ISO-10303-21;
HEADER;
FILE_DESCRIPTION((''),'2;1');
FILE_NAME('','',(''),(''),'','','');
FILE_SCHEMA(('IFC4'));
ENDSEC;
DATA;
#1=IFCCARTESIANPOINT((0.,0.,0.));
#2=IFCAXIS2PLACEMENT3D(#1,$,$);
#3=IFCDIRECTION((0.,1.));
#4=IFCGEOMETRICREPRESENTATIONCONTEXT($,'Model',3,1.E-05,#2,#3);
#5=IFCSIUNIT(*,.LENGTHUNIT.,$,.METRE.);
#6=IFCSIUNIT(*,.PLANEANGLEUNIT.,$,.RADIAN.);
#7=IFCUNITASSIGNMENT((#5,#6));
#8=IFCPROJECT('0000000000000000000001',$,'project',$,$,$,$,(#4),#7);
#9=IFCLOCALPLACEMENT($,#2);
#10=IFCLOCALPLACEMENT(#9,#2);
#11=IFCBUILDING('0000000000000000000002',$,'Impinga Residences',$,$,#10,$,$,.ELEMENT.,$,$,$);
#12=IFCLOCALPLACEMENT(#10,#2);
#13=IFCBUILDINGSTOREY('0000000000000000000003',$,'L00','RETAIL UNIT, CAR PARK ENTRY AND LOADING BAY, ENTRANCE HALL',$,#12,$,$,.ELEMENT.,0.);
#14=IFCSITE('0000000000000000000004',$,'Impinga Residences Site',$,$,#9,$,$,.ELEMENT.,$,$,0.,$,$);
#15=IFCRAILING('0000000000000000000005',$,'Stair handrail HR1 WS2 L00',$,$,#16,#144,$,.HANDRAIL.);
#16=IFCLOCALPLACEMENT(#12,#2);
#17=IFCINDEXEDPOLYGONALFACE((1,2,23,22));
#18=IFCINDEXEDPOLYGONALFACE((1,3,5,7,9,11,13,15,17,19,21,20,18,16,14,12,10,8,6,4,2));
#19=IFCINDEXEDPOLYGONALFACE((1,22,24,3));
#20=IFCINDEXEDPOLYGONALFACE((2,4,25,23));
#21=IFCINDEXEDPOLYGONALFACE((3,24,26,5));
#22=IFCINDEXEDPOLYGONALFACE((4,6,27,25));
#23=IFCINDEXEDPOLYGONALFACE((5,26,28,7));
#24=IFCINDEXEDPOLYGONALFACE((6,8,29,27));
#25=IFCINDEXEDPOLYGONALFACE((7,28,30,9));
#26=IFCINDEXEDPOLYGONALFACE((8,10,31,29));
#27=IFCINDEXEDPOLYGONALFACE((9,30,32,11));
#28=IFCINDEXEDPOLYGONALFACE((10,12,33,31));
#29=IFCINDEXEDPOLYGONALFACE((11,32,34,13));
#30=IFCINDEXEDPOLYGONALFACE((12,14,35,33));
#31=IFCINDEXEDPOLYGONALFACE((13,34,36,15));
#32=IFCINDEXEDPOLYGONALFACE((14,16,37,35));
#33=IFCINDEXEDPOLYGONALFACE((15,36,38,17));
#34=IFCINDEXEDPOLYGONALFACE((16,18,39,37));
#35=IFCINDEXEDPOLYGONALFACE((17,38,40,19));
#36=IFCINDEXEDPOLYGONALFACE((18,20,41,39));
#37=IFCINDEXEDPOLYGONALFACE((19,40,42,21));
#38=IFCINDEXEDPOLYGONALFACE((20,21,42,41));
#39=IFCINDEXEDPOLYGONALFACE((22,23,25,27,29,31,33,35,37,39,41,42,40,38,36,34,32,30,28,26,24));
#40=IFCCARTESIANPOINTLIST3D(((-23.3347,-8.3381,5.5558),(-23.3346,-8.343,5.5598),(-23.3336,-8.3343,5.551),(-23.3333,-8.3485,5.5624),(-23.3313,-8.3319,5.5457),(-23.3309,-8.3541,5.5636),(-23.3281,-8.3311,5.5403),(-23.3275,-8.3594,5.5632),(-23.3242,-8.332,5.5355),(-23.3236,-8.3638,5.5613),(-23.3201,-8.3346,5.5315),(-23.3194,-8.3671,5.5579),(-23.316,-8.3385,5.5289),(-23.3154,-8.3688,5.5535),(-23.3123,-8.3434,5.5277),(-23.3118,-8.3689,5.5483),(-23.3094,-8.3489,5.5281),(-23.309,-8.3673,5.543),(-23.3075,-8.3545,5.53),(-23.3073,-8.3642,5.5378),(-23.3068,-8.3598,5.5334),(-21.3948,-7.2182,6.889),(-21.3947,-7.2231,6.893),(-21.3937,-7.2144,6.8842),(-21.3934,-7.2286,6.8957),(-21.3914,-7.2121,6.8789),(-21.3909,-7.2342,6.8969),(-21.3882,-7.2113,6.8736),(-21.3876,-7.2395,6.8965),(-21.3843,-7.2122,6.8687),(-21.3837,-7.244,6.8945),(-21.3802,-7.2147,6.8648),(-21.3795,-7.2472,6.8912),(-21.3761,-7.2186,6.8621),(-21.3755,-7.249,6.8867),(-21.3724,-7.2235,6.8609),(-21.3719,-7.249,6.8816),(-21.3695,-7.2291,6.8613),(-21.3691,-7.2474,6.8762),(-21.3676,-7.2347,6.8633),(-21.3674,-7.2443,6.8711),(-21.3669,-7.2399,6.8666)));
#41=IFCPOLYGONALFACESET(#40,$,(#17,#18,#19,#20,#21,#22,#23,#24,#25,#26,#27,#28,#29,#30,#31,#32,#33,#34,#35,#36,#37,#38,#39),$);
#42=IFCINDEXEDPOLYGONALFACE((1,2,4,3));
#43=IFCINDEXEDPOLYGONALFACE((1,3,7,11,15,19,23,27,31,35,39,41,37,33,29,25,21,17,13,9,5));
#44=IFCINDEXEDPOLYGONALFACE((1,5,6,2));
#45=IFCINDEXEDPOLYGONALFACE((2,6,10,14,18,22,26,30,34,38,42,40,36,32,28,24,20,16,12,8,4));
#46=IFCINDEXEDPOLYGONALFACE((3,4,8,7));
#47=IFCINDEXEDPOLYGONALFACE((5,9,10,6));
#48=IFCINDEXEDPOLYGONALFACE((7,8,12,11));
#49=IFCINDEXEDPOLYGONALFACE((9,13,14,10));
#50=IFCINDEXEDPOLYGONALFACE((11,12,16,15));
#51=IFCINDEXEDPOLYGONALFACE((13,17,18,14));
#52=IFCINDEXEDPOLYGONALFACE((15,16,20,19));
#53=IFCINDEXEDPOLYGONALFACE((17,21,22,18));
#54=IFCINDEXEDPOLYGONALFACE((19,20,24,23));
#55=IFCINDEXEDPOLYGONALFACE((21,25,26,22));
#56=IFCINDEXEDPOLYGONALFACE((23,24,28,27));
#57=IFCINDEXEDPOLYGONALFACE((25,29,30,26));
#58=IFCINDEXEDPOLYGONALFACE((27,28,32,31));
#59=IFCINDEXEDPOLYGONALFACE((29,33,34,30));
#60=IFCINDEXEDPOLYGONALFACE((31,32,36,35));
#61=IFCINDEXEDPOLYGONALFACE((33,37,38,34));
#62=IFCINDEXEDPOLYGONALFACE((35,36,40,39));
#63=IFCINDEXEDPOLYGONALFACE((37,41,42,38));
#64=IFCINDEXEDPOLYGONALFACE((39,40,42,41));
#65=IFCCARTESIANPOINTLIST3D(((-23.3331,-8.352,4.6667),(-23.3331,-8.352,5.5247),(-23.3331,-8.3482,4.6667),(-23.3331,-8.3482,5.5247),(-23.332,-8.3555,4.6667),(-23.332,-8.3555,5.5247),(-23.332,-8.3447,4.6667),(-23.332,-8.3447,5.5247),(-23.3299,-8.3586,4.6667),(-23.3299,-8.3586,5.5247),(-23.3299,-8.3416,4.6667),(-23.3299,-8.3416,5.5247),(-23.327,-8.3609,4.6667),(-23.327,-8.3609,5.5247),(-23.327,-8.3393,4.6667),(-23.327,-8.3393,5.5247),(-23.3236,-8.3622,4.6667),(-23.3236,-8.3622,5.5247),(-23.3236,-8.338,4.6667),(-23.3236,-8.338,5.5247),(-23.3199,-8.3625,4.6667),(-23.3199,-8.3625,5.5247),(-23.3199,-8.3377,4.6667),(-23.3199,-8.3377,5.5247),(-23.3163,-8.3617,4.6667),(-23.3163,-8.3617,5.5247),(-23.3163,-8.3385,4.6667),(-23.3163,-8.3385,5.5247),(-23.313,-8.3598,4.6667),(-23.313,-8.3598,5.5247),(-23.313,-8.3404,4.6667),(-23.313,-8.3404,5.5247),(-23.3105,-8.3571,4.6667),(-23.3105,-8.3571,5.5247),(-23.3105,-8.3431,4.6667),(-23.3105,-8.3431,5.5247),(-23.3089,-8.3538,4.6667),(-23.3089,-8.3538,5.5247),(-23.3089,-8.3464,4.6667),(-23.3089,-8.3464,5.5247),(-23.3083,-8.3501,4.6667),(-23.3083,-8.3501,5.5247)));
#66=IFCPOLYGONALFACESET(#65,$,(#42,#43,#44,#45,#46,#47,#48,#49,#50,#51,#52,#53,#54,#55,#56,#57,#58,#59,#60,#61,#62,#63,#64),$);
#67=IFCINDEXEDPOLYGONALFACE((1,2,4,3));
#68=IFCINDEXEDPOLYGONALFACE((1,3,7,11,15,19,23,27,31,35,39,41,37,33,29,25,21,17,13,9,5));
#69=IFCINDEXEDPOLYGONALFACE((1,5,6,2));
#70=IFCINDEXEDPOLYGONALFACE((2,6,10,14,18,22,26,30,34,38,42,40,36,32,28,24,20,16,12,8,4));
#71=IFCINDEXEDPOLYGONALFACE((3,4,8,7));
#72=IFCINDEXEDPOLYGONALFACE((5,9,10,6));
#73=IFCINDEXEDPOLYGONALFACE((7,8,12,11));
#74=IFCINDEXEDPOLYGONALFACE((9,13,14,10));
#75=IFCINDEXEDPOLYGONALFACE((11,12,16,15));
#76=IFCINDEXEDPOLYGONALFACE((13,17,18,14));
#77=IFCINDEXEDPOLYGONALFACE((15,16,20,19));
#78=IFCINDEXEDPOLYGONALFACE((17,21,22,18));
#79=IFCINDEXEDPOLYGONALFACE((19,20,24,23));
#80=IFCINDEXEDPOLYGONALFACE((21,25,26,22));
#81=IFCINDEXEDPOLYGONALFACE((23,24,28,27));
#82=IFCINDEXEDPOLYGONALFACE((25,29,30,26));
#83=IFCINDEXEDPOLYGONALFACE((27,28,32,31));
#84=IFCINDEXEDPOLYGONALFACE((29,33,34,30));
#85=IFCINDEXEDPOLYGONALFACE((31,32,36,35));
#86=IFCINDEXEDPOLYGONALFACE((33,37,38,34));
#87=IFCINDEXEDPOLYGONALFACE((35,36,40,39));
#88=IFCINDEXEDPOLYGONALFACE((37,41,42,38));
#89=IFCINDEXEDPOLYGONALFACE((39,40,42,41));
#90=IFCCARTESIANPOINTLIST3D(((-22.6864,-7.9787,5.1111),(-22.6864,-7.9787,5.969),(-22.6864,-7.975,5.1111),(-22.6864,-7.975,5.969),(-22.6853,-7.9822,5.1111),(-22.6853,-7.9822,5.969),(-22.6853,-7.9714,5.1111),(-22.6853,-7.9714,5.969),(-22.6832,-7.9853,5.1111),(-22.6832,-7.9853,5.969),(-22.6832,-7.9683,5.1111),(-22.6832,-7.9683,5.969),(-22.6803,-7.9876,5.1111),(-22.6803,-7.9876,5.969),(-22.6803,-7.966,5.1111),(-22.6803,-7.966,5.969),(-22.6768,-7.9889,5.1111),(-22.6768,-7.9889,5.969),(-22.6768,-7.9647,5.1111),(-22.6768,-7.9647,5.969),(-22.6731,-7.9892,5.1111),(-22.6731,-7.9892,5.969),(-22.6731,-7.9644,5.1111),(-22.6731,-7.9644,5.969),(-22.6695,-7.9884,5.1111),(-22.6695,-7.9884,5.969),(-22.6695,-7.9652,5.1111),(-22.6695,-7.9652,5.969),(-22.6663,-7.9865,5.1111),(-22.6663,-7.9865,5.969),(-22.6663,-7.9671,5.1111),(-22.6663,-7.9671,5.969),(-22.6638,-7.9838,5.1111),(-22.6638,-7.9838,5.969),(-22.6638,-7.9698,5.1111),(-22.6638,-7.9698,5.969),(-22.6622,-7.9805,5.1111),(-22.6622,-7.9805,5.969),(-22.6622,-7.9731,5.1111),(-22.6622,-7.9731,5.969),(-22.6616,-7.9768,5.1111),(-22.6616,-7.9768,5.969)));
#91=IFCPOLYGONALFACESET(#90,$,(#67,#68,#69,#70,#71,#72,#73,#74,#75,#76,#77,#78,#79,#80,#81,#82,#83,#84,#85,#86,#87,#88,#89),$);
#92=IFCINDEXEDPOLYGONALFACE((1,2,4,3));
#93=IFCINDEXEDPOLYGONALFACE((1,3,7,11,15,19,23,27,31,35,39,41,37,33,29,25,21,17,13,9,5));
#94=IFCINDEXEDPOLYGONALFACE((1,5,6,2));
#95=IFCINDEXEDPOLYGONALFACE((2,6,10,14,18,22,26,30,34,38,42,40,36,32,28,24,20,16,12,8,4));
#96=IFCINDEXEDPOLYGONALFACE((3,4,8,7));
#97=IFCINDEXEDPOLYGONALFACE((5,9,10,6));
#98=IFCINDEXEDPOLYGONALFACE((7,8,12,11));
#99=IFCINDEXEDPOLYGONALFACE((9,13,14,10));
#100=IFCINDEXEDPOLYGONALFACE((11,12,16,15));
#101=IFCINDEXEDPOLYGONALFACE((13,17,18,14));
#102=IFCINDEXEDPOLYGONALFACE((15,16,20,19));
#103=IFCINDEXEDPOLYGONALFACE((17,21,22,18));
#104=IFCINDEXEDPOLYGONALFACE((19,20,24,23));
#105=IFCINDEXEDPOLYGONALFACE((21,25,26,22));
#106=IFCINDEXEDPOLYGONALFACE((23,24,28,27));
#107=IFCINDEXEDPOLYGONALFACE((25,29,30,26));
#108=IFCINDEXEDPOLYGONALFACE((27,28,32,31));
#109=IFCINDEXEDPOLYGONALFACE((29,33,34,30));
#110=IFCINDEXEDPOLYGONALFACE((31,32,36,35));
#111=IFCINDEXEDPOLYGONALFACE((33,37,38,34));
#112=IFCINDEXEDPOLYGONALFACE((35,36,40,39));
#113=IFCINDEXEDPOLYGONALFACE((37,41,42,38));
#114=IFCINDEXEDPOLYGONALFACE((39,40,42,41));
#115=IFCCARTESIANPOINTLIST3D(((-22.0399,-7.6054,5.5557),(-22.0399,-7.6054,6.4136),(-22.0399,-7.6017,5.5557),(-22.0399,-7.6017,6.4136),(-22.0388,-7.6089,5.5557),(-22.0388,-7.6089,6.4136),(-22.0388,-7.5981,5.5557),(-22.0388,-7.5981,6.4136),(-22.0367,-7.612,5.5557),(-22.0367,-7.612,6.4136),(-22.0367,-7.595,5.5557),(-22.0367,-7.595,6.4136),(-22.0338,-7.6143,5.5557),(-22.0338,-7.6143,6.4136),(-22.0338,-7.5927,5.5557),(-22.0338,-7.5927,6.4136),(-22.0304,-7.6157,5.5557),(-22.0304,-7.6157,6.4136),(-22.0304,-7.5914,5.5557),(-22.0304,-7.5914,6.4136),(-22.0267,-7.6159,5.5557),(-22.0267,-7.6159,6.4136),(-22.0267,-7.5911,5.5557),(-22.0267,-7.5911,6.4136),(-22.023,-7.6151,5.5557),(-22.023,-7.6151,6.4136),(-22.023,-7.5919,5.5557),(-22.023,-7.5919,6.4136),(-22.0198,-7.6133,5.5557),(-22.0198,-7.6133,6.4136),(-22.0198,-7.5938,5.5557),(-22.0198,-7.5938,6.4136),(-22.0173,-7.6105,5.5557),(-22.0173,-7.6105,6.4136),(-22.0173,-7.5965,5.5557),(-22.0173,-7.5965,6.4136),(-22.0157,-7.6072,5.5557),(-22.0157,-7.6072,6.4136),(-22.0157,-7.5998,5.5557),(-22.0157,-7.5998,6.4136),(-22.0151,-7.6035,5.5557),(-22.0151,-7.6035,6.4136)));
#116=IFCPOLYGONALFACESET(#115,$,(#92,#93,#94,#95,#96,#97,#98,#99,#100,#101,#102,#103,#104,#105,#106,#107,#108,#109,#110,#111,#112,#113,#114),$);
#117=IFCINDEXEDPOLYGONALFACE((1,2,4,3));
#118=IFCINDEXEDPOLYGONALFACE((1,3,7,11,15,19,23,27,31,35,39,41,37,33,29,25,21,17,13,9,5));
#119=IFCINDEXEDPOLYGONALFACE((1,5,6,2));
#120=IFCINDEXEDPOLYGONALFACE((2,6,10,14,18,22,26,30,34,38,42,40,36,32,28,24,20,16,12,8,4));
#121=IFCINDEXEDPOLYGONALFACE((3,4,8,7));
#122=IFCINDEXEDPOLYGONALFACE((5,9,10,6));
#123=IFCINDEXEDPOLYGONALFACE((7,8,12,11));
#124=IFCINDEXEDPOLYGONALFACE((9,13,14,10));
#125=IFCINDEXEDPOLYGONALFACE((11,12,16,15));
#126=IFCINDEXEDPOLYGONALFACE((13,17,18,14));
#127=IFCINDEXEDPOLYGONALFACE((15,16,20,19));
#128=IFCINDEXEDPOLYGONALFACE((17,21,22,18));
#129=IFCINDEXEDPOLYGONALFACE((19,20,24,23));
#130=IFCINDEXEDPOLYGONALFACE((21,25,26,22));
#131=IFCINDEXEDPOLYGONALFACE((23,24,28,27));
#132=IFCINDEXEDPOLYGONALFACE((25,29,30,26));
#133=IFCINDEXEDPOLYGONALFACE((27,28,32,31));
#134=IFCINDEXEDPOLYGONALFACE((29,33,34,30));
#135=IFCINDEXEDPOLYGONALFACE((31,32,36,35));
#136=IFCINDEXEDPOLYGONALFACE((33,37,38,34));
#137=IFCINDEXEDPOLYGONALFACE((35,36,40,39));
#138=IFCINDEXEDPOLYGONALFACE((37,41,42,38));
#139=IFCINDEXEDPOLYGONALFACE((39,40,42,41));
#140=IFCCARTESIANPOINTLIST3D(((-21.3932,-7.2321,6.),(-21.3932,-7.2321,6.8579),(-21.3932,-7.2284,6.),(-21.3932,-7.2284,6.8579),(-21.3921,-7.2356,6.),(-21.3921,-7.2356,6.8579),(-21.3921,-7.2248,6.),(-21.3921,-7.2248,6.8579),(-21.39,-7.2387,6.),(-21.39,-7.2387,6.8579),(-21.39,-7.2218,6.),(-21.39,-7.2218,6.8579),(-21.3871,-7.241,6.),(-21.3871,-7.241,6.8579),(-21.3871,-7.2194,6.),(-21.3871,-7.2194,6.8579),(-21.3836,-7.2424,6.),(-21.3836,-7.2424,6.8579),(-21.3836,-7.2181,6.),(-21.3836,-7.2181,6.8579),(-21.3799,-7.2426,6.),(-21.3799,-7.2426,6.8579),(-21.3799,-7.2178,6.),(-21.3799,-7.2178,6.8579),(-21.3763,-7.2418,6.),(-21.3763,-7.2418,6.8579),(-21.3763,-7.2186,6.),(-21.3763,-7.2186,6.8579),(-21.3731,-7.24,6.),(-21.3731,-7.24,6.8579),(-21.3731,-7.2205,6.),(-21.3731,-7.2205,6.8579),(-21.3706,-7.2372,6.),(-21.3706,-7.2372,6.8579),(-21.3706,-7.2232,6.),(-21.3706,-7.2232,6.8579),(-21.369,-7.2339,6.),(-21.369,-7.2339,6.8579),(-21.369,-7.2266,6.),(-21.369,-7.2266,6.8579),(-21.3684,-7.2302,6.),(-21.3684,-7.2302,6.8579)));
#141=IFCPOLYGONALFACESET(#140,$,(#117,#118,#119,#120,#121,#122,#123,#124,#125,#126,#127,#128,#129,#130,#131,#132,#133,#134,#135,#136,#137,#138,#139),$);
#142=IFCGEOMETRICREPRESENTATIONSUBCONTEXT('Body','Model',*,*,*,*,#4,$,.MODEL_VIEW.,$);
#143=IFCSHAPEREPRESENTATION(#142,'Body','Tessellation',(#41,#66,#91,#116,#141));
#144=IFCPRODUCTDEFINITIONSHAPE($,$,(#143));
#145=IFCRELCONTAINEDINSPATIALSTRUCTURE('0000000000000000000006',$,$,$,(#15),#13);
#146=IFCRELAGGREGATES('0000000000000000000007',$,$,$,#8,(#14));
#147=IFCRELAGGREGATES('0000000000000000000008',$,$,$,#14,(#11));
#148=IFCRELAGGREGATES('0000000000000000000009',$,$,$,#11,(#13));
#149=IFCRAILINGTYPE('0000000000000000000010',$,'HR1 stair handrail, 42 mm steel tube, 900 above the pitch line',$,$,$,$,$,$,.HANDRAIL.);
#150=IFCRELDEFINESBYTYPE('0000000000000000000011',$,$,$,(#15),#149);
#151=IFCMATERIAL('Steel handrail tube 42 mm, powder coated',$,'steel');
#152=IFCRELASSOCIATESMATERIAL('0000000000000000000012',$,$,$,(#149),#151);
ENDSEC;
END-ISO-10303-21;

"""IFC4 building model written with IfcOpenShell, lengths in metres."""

from ifc_helpers import new_model, si_unit, direction, frame, origin, origin_2d, place, context, subcontext, project, spatial, circle, extrude, material, type_object, element, save


model = new_model("IFC4")

# Units and contexts
model_context = context("Model", 3, precision=1e-05, world=origin(), true_north=direction((0.0, 1.0)))
body_context = subcontext(model_context, "Body", "Model", "MODEL_VIEW")
ifc_project = project(units=[si_unit("LENGTHUNIT", "METRE"), si_unit("PLANEANGLEUNIT", "RADIAN")], contexts=[model_context])

# Site, building, storey
site_placement = place(None, origin())
site = spatial("IfcSite", under=ifc_project, at=site_placement, Name="Impinga Residences Site", CompositionType="ELEMENT", RefElevation=0.0)
building_placement = place(site_placement, origin())
building = spatial("IfcBuilding", under=site, at=building_placement, Name="Impinga Residences", CompositionType="ELEMENT")
storey_placement = place(building_placement, origin())
storey = spatial("IfcBuildingStorey", under=building, at=storey_placement, Name="L00", Description="RETAIL UNIT, CAR PARK ENTRY AND LOADING BAY, ENTRANCE HALL", CompositionType="ELEMENT", Elevation=0.0)

# Railing
ifc_material_1 = material(Name="Steel handrail tube 42 mm, powder coated", Category="steel")
railing_type_1 = type_object("IfcRailingType", Name="HR1 stair handrail, 42 mm steel tube, 900 above the pitch line", PredefinedType="HANDRAIL", material=ifc_material_1)
for number, where, name in (
    (1, (-23.3208, -8.3501, 4.6667), "Stair handrail HR1 WS2 L00"),
):
    element("IfcRailing", number, at=place(storey_placement, frame(where)), inside=storey, type_object=railing_type_1, Name=name, PredefinedType="HANDRAIL", context=body_context, shape_type="SweptSolid", body=[
        extrude(circle(Radius=0.021, at=origin_2d()), frame((0.0, 0.0, 0.8789), z_axis=(0.744205, 0.429608, 0.511465), x_axis=(-0.499949, 0.866055, 0.0)), (0.0, 0.0, 1.0), 2.6067),
        extrude(circle(Radius=0.0125, at=origin_2d()), origin(), (0.0, 0.0, 1.0), 0.8579),
        extrude(circle(Radius=0.0125, at=origin_2d()), frame((0.6467, 0.3733, 0.4443)), (0.0, 0.0, 1.0), 0.8579),
        extrude(circle(Radius=0.0125, at=origin_2d()), frame((1.2932, 0.7466, 0.8889)), (0.0, 0.0, 1.0), 0.8579),
        extrude(circle(Radius=0.0125, at=origin_2d()), frame((1.9399, 1.1199, 1.3333)), (0.0, 0.0, 1.0), 0.8579),
    ])

save(model, "model.ifc")
